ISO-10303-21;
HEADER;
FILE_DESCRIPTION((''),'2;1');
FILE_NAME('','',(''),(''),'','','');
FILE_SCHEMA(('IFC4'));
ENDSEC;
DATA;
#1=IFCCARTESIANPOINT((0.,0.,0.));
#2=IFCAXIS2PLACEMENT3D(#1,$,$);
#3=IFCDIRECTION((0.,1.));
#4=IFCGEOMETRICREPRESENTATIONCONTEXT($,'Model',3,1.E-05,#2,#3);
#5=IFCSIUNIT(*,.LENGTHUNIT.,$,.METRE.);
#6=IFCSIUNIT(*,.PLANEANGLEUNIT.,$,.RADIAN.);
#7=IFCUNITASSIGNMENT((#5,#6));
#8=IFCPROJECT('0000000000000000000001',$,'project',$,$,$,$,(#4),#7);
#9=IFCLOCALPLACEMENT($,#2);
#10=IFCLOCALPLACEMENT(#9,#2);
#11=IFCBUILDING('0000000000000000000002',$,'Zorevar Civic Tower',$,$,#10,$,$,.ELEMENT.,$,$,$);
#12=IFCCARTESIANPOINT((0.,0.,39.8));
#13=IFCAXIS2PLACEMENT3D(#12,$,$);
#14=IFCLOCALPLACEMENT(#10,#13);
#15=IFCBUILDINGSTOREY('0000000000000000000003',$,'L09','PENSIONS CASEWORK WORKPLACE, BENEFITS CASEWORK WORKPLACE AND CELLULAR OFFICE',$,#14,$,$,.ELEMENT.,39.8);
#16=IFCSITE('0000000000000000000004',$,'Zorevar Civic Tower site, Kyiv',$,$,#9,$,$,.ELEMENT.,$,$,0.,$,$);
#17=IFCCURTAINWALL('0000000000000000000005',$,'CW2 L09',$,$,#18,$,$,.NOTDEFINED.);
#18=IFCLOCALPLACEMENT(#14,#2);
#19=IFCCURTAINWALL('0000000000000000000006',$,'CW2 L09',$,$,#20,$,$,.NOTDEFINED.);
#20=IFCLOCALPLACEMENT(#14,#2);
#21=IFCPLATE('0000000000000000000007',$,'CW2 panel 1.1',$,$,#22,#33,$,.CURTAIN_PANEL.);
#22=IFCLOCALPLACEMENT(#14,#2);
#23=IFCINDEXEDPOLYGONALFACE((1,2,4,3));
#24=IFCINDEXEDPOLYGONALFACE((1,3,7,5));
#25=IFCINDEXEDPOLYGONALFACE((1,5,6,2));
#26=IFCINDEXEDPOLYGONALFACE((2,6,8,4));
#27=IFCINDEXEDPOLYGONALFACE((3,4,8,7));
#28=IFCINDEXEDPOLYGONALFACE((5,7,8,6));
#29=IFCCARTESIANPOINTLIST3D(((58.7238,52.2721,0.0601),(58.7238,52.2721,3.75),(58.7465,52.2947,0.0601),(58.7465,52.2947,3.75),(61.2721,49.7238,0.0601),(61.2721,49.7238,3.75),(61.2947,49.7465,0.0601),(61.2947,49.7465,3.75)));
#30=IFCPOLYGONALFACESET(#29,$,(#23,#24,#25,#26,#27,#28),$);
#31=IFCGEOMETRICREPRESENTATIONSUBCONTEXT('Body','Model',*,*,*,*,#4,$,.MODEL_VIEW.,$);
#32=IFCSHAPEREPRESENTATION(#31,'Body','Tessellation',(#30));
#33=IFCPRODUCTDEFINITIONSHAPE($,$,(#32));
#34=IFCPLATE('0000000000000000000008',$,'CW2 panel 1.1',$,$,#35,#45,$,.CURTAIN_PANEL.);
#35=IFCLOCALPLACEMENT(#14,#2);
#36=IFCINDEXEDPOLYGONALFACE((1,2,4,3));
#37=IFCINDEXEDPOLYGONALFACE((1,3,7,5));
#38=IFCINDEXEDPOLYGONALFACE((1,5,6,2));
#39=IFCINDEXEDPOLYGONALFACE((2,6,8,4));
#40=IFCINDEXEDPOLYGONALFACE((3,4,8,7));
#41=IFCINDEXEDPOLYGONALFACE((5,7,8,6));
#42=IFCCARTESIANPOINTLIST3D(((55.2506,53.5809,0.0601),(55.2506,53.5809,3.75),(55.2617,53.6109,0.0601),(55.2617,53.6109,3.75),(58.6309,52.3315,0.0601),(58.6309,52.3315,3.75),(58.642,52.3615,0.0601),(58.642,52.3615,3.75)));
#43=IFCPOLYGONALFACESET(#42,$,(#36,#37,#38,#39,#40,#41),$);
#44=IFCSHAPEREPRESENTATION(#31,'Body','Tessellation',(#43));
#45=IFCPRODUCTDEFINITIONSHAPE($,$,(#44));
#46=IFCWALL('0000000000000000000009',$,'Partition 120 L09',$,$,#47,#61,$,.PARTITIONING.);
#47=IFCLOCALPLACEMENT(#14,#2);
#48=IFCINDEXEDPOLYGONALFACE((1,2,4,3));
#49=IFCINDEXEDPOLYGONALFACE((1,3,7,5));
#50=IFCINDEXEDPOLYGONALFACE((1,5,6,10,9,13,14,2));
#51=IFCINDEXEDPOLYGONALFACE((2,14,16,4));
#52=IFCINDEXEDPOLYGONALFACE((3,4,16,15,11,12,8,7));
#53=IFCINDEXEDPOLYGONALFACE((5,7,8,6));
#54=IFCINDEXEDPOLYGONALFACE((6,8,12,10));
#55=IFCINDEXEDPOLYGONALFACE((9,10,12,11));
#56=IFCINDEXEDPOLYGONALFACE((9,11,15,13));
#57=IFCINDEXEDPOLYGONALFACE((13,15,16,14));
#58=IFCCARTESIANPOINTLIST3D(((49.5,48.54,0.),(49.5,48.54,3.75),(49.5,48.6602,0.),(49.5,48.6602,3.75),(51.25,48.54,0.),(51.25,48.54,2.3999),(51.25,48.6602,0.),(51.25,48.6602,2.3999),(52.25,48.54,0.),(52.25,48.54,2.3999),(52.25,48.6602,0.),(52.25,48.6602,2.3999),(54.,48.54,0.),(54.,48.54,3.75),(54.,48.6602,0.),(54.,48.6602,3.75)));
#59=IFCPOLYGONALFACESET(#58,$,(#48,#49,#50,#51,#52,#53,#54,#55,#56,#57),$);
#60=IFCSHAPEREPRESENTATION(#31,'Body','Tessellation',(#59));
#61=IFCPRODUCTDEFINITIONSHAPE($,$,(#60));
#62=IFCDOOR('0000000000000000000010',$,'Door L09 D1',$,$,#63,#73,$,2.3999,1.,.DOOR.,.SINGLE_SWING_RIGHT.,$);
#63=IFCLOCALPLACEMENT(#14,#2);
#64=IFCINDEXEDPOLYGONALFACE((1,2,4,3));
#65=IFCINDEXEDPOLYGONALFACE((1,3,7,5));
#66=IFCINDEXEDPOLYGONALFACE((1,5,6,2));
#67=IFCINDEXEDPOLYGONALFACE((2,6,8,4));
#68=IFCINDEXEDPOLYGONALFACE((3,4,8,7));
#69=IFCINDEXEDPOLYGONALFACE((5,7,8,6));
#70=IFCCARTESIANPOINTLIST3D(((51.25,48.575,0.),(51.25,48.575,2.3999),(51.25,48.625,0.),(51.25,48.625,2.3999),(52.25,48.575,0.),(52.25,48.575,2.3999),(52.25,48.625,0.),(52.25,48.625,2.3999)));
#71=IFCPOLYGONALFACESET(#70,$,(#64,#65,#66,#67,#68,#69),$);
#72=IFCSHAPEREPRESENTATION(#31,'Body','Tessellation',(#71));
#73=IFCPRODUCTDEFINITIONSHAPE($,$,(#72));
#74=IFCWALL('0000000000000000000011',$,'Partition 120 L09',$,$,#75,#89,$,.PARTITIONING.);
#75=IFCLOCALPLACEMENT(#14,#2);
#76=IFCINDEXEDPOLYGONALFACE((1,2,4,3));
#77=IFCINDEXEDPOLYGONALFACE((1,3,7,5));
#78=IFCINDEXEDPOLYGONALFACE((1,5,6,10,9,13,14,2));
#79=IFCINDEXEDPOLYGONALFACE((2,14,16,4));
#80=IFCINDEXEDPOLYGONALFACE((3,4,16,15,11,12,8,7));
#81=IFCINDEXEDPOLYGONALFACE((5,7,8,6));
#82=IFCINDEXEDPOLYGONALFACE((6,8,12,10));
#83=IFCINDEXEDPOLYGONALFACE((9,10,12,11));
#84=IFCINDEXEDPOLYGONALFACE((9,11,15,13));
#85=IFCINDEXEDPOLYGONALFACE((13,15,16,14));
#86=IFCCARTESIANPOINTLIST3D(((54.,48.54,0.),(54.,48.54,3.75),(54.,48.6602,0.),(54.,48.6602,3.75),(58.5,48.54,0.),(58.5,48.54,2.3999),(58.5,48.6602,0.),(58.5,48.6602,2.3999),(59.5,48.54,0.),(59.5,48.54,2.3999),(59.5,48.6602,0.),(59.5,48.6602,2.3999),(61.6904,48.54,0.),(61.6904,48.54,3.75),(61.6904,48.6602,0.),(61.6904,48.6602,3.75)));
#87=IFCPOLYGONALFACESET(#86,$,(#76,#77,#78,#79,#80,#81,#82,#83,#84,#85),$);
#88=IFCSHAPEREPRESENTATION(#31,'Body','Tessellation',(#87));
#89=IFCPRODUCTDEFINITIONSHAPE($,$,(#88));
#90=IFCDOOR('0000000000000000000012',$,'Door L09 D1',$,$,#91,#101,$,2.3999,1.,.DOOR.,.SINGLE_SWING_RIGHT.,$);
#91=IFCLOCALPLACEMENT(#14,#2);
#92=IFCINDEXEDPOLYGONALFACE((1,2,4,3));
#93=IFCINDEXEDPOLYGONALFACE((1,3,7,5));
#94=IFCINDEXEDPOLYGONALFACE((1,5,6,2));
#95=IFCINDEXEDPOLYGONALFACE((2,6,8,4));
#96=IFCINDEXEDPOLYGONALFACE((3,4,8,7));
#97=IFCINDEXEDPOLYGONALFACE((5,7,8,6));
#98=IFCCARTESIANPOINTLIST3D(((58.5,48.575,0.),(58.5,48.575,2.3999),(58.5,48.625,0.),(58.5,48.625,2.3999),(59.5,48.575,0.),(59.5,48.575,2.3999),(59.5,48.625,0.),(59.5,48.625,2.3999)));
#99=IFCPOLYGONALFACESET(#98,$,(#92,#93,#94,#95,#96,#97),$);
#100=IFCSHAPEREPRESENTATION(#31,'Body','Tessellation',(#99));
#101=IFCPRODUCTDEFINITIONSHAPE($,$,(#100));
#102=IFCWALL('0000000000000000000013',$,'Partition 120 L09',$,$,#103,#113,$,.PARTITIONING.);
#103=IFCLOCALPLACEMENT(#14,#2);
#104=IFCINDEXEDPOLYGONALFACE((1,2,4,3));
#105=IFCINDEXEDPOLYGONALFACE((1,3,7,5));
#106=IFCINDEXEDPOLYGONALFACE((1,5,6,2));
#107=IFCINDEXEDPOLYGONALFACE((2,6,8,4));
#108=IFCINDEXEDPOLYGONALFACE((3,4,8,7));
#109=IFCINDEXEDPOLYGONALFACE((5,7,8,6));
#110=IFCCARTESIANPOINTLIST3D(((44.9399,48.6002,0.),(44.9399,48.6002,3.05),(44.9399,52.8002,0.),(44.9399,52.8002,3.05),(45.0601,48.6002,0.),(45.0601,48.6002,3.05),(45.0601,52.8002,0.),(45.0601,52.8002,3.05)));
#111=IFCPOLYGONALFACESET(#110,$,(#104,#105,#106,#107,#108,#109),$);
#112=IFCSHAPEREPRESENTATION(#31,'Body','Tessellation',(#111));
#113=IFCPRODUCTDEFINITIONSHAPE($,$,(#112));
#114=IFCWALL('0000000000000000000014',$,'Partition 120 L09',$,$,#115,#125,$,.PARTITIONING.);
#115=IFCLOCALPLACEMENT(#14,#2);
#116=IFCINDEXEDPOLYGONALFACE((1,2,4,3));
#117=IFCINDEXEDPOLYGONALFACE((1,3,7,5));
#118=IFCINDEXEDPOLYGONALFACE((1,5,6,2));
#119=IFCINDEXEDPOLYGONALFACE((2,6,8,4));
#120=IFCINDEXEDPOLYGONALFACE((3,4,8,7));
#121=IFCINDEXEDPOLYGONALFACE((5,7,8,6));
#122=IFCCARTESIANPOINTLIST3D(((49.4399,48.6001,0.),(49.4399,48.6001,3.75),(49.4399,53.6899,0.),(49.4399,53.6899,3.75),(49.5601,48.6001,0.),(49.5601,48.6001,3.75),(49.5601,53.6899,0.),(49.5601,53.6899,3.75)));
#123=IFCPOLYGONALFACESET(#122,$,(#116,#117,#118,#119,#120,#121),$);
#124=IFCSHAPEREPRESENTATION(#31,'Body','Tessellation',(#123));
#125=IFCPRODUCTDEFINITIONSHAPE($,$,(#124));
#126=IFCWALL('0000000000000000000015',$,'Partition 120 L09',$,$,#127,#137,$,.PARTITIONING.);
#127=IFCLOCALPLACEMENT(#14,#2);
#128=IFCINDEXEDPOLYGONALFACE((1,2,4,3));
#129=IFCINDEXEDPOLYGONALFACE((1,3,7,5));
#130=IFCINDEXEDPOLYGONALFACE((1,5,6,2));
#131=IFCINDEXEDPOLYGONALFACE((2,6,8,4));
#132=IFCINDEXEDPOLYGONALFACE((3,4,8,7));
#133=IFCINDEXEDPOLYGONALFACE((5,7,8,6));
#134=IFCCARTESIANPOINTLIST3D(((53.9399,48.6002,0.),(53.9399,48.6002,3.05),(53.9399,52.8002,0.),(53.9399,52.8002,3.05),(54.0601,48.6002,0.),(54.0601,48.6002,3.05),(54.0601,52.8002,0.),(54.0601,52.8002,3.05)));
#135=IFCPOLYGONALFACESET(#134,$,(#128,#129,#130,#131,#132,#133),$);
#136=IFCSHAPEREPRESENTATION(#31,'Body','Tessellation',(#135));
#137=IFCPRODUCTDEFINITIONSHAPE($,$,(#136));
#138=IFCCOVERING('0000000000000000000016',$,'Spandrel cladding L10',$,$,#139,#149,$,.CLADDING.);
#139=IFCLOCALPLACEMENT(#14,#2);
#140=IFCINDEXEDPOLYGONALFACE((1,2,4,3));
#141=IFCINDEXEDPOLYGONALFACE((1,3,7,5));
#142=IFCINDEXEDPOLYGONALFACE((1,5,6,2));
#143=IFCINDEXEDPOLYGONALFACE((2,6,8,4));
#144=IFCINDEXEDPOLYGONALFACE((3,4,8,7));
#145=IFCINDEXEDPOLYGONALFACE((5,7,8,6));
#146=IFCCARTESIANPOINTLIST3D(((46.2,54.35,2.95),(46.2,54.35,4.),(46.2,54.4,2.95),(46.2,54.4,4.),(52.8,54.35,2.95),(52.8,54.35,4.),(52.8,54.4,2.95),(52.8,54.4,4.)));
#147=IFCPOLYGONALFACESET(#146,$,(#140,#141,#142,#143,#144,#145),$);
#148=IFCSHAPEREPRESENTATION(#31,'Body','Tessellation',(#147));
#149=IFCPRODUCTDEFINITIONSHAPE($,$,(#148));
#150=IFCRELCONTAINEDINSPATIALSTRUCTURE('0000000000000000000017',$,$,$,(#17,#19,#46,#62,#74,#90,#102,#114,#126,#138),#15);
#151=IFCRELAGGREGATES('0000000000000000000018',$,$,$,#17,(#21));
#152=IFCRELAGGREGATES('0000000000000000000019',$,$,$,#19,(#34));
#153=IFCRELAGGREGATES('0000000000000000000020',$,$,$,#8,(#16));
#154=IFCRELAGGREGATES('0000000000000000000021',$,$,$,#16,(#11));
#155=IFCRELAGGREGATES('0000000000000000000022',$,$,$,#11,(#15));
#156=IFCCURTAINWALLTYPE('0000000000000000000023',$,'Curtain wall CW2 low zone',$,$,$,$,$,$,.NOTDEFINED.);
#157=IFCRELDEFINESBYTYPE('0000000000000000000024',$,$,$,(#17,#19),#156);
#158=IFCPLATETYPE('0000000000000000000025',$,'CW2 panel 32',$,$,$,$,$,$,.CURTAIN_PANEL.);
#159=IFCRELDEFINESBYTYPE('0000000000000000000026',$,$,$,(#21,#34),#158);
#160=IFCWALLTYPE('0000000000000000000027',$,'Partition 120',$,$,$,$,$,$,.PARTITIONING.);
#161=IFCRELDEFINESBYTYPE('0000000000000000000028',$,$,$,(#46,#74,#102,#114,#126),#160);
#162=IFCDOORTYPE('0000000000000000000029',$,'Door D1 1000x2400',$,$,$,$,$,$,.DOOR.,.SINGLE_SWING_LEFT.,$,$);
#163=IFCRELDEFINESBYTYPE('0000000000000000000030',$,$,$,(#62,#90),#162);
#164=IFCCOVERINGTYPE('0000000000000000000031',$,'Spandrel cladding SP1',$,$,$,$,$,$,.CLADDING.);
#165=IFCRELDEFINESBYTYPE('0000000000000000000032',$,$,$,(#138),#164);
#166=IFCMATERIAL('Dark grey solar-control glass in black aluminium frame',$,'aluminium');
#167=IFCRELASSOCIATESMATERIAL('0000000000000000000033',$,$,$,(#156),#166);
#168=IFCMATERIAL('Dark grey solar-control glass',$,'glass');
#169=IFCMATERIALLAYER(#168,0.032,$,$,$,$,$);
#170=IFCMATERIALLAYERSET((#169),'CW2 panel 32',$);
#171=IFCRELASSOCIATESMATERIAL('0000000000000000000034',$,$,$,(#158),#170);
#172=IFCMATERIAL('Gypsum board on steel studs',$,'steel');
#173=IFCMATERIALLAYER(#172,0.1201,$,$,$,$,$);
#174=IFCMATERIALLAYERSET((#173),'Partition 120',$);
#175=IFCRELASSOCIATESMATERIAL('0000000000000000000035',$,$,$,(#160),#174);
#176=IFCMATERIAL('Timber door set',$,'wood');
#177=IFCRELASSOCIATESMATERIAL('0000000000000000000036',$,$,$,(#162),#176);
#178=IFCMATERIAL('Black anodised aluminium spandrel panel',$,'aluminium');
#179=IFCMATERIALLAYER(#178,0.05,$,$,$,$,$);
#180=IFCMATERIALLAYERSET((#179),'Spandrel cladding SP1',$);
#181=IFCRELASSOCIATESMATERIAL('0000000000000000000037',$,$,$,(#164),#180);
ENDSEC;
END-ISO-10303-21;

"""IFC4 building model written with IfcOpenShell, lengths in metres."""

from ifc_helpers import new_model, si_unit, direction, frame, frame_2d, origin, origin_2d, place, context, subcontext, project, spatial, rectangle, extrude, material, layer, layer_set, type_object, element, fill, aggregate, save


model = new_model("IFC4")

# Units and contexts
model_context = context("Model", 3, precision=1e-05, world=origin(), true_north=direction((0.0, 1.0)))
body_context = subcontext(model_context, "Body", "Model", "MODEL_VIEW")
ifc_project = project(units=[si_unit("LENGTHUNIT", "METRE"), si_unit("PLANEANGLEUNIT", "RADIAN")], contexts=[model_context])

# Site, building, storey
site_placement = place(None, origin())
site = spatial("IfcSite", under=ifc_project, at=site_placement, Name="Zorevar Civic Tower site, Kyiv", CompositionType="ELEMENT", RefElevation=0.0)
building_placement = place(site_placement, origin())
building = spatial("IfcBuilding", under=site, at=building_placement, Name="Zorevar Civic Tower", CompositionType="ELEMENT")
storey_placement = place(building_placement, frame((0.0, 0.0, 39.8)))
storey = spatial("IfcBuildingStorey", under=building, at=storey_placement, Name="L09", Description="PENSIONS CASEWORK WORKPLACE, BENEFITS CASEWORK WORKPLACE AND CELLULAR OFFICE", CompositionType="ELEMENT", Elevation=39.8)

# Curtain walls
ifc_material_1 = material(Name="Dark grey solar-control glass in black aluminium frame", Category="aluminium")
curtain_wall_type = type_object("IfcCurtainWallType", Name="Curtain wall CW2 low zone", PredefinedType="NOTDEFINED", material=ifc_material_1)
curtain_wall_1_placement = place(storey_placement, origin())
curtain_wall_1 = element("IfcCurtainWall", 1, at=curtain_wall_1_placement, inside=storey, type_object=curtain_wall_type, Name="CW2 L09", PredefinedType="NOTDEFINED")
curtain_wall_2_placement = place(storey_placement, origin())
curtain_wall_2 = element("IfcCurtainWall", 2, at=curtain_wall_2_placement, inside=storey, type_object=curtain_wall_type, Name="CW2 L09", PredefinedType="NOTDEFINED")

# Plates
ifc_material_2 = material(Name="Dark grey solar-control glass", Category="glass")
ifc_layer_1 = layer(ifc_material_2, 0.032)
ifc_layer_set_1 = layer_set([ifc_layer_1], Name="CW2 panel 32")
plate_type = type_object("IfcPlateType", Name="CW2 panel 32", PredefinedType="CURTAIN_PANEL", material=ifc_layer_set_1)
plate_1_placement = place(storey_placement, frame((60.0093, 51.0093, 0.0601), z_axis=(0.0, 0.0, 1.0), x_axis=(-0.707107, 0.707107, 0.0)))
plate_1 = element("IfcPlate", 3, at=plate_1_placement, type_object=plate_type, Name="CW2 panel 1.1", PredefinedType="CURTAIN_PANEL", context=body_context, shape_type="SweptSolid", body=[
    extrude(rectangle(XDim=3.6038, YDim=0.032, at=origin_2d()), origin(), (0.0, 0.0, 1.0), 3.6899),
])
aggregate(curtain_wall_1, [plate_1])
plate_2_placement = place(storey_placement, frame((56.9463, 52.9712, 0.0601), z_axis=(0.0, 0.0, 1.0), x_axis=(-0.937975, 0.346704, 0.0)))
plate_2 = element("IfcPlate", 4, at=plate_2_placement, type_object=plate_type, Name="CW2 panel 1.1", PredefinedType="CURTAIN_PANEL", context=body_context, shape_type="SweptSolid", body=[
    extrude(rectangle(XDim=3.6038, YDim=0.032, at=origin_2d()), origin(), (0.0, 0.0, 1.0), 3.6899),
])
aggregate(curtain_wall_2, [plate_2])

# Walls, openings, doors
ifc_material_3 = material(Name="Gypsum board on steel studs", Category="steel")
ifc_layer_2 = layer(ifc_material_3, 0.1201)
ifc_layer_set_2 = layer_set([ifc_layer_2], Name="Partition 120")
wall_type = type_object("IfcWallType", Name="Partition 120", PredefinedType="PARTITIONING", material=ifc_layer_set_2)
wall_1_placement = place(storey_placement, frame((49.5, 48.6001, 0.0), z_axis=(0.0, 0.0, 1.0), x_axis=(1.0, 0.0, 0.0)))
wall_1 = element("IfcWall", 5, at=wall_1_placement, inside=storey, type_object=wall_type, Name="Partition 120 L09", PredefinedType="PARTITIONING", context=body_context, shape_type="SweptSolid", body=[
    extrude(rectangle(XDim=4.5, YDim=0.1201, at=frame_2d((2.25, 0.0))), origin(), (0.0, 0.0, 1.0), 3.75),
])
opening_1_placement = place(wall_1_placement, frame((1.75, 0.0, 0.0)))
opening_1 = element("IfcOpeningElement", 6, at=opening_1_placement, cuts=wall_1, PredefinedType="OPENING", context=body_context, shape_type="SweptSolid", body=[
    extrude(rectangle(XDim=1.0, YDim=2.3999, at=frame_2d((0.5, 1.2))), frame((0.0, 0.0701, 0.0), z_axis=(0.0, -1.0, 0.0), x_axis=(1.0, 0.0, 0.0)), (0.0, 0.0, 1.0), 0.1401),
])
ifc_material_4 = material(Name="Timber door set", Category="wood")
door_type = type_object("IfcDoorType", Name="Door D1 1000x2400", OperationType="SINGLE_SWING_LEFT", PredefinedType="DOOR", material=ifc_material_4)
door_1_placement = place(opening_1_placement, origin())
door_1 = element("IfcDoor", 7, at=door_1_placement, inside=storey, type_object=door_type, Name="Door L09 D1", OperationType="SINGLE_SWING_RIGHT", OverallHeight=2.3999, OverallWidth=1.0, PredefinedType="DOOR", context=body_context, shape_type="SweptSolid", body=[
    extrude(rectangle(XDim=1.0, YDim=2.3999, at=frame_2d((0.5, 1.2))), frame((0.0, 0.0249, 0.0), z_axis=(0.0, -1.0, 0.0), x_axis=(1.0, 0.0, 0.0)), (0.0, 0.0, 1.0), 0.05),
])
fill(opening_1, door_1)
wall_2_placement = place(storey_placement, frame((54.0, 48.6001, 0.0), z_axis=(0.0, 0.0, 1.0), x_axis=(1.0, 0.0, 0.0)))
wall_2 = element("IfcWall", 8, at=wall_2_placement, inside=storey, type_object=wall_type, Name="Partition 120 L09", PredefinedType="PARTITIONING", context=body_context, shape_type="SweptSolid", body=[
    extrude(rectangle(XDim=7.6904, YDim=0.1201, at=frame_2d((3.8452, 0.0))), origin(), (0.0, 0.0, 1.0), 3.75),
])
opening_2_placement = place(wall_2_placement, frame((4.5, 0.0, 0.0)))
opening_2 = element("IfcOpeningElement", 9, at=opening_2_placement, cuts=wall_2, PredefinedType="OPENING", context=body_context, shape_type="SweptSolid", body=[
    extrude(rectangle(XDim=1.0, YDim=2.3999, at=frame_2d((0.5, 1.2))), frame((0.0, 0.0701, 0.0), z_axis=(0.0, -1.0, 0.0), x_axis=(1.0, 0.0, 0.0)), (0.0, 0.0, 1.0), 0.1401),
])
door_2_placement = place(opening_2_placement, origin())
door_2 = element("IfcDoor", 10, at=door_2_placement, inside=storey, type_object=door_type, Name="Door L09 D1", OperationType="SINGLE_SWING_RIGHT", OverallHeight=2.3999, OverallWidth=1.0, PredefinedType="DOOR", context=body_context, shape_type="SweptSolid", body=[
    extrude(rectangle(XDim=1.0, YDim=2.3999, at=frame_2d((0.5, 1.2))), frame((0.0, 0.0249, 0.0), z_axis=(0.0, -1.0, 0.0), x_axis=(1.0, 0.0, 0.0)), (0.0, 0.0, 1.0), 0.05),
])
fill(opening_2, door_2)

# Walls
wall_3_placement = place(storey_placement, frame((45.0, 48.6001, 0.0), z_axis=(0.0, 0.0, 1.0), x_axis=(0.0, 1.0, 0.0)))
element("IfcWall", 11, at=wall_3_placement, inside=storey, type_object=wall_type, Name="Partition 120 L09", PredefinedType="PARTITIONING", context=body_context, shape_type="SweptSolid", body=[
    extrude(rectangle(XDim=4.2, YDim=0.1201, at=frame_2d((2.1001, 0.0))), origin(), (0.0, 0.0, 1.0), 3.05),
])
wall_4_placement = place(storey_placement, frame((49.5, 48.6001, 0.0), z_axis=(0.0, 0.0, 1.0), x_axis=(0.0, 1.0, 0.0)))
element("IfcWall", 12, at=wall_4_placement, inside=storey, type_object=wall_type, Name="Partition 120 L09", PredefinedType="PARTITIONING", context=body_context, shape_type="SweptSolid", body=[
    extrude(rectangle(XDim=5.0898, YDim=0.1201, at=frame_2d((2.5449, 0.0))), origin(), (0.0, 0.0, 1.0), 3.75),
])
wall_5_placement = place(storey_placement, frame((54.0, 48.6001, 0.0), z_axis=(0.0, 0.0, 1.0), x_axis=(0.0, 1.0, 0.0)))
element("IfcWall", 13, at=wall_5_placement, inside=storey, type_object=wall_type, Name="Partition 120 L09", PredefinedType="PARTITIONING", context=body_context, shape_type="SweptSolid", body=[
    extrude(rectangle(XDim=4.2, YDim=0.1201, at=frame_2d((2.1001, 0.0))), origin(), (0.0, 0.0, 1.0), 3.05),
])

# Covering
ifc_material_5 = material(Name="Black anodised aluminium spandrel panel", Category="aluminium")
ifc_layer_3 = layer(ifc_material_5, 0.05)
ifc_layer_set_3 = layer_set([ifc_layer_3], Name="Spandrel cladding SP1")
covering_type = type_object("IfcCoveringType", Name="Spandrel cladding SP1", PredefinedType="CLADDING", material=ifc_layer_set_3)
covering_placement = place(storey_placement, frame((46.2, 54.375, 2.95), z_axis=(0.0, 0.0, 1.0), x_axis=(1.0, 0.0, 0.0)))
element("IfcCovering", 14, at=covering_placement, inside=storey, type_object=covering_type, Name="Spandrel cladding L10", PredefinedType="CLADDING", context=body_context, shape_type="SweptSolid", body=[
    extrude(rectangle(XDim=6.6001, YDim=0.05, at=frame_2d((3.3, 0.0))), origin(), (0.0, 0.0, 1.0), 1.05),
])

save(model, "model.ifc")
